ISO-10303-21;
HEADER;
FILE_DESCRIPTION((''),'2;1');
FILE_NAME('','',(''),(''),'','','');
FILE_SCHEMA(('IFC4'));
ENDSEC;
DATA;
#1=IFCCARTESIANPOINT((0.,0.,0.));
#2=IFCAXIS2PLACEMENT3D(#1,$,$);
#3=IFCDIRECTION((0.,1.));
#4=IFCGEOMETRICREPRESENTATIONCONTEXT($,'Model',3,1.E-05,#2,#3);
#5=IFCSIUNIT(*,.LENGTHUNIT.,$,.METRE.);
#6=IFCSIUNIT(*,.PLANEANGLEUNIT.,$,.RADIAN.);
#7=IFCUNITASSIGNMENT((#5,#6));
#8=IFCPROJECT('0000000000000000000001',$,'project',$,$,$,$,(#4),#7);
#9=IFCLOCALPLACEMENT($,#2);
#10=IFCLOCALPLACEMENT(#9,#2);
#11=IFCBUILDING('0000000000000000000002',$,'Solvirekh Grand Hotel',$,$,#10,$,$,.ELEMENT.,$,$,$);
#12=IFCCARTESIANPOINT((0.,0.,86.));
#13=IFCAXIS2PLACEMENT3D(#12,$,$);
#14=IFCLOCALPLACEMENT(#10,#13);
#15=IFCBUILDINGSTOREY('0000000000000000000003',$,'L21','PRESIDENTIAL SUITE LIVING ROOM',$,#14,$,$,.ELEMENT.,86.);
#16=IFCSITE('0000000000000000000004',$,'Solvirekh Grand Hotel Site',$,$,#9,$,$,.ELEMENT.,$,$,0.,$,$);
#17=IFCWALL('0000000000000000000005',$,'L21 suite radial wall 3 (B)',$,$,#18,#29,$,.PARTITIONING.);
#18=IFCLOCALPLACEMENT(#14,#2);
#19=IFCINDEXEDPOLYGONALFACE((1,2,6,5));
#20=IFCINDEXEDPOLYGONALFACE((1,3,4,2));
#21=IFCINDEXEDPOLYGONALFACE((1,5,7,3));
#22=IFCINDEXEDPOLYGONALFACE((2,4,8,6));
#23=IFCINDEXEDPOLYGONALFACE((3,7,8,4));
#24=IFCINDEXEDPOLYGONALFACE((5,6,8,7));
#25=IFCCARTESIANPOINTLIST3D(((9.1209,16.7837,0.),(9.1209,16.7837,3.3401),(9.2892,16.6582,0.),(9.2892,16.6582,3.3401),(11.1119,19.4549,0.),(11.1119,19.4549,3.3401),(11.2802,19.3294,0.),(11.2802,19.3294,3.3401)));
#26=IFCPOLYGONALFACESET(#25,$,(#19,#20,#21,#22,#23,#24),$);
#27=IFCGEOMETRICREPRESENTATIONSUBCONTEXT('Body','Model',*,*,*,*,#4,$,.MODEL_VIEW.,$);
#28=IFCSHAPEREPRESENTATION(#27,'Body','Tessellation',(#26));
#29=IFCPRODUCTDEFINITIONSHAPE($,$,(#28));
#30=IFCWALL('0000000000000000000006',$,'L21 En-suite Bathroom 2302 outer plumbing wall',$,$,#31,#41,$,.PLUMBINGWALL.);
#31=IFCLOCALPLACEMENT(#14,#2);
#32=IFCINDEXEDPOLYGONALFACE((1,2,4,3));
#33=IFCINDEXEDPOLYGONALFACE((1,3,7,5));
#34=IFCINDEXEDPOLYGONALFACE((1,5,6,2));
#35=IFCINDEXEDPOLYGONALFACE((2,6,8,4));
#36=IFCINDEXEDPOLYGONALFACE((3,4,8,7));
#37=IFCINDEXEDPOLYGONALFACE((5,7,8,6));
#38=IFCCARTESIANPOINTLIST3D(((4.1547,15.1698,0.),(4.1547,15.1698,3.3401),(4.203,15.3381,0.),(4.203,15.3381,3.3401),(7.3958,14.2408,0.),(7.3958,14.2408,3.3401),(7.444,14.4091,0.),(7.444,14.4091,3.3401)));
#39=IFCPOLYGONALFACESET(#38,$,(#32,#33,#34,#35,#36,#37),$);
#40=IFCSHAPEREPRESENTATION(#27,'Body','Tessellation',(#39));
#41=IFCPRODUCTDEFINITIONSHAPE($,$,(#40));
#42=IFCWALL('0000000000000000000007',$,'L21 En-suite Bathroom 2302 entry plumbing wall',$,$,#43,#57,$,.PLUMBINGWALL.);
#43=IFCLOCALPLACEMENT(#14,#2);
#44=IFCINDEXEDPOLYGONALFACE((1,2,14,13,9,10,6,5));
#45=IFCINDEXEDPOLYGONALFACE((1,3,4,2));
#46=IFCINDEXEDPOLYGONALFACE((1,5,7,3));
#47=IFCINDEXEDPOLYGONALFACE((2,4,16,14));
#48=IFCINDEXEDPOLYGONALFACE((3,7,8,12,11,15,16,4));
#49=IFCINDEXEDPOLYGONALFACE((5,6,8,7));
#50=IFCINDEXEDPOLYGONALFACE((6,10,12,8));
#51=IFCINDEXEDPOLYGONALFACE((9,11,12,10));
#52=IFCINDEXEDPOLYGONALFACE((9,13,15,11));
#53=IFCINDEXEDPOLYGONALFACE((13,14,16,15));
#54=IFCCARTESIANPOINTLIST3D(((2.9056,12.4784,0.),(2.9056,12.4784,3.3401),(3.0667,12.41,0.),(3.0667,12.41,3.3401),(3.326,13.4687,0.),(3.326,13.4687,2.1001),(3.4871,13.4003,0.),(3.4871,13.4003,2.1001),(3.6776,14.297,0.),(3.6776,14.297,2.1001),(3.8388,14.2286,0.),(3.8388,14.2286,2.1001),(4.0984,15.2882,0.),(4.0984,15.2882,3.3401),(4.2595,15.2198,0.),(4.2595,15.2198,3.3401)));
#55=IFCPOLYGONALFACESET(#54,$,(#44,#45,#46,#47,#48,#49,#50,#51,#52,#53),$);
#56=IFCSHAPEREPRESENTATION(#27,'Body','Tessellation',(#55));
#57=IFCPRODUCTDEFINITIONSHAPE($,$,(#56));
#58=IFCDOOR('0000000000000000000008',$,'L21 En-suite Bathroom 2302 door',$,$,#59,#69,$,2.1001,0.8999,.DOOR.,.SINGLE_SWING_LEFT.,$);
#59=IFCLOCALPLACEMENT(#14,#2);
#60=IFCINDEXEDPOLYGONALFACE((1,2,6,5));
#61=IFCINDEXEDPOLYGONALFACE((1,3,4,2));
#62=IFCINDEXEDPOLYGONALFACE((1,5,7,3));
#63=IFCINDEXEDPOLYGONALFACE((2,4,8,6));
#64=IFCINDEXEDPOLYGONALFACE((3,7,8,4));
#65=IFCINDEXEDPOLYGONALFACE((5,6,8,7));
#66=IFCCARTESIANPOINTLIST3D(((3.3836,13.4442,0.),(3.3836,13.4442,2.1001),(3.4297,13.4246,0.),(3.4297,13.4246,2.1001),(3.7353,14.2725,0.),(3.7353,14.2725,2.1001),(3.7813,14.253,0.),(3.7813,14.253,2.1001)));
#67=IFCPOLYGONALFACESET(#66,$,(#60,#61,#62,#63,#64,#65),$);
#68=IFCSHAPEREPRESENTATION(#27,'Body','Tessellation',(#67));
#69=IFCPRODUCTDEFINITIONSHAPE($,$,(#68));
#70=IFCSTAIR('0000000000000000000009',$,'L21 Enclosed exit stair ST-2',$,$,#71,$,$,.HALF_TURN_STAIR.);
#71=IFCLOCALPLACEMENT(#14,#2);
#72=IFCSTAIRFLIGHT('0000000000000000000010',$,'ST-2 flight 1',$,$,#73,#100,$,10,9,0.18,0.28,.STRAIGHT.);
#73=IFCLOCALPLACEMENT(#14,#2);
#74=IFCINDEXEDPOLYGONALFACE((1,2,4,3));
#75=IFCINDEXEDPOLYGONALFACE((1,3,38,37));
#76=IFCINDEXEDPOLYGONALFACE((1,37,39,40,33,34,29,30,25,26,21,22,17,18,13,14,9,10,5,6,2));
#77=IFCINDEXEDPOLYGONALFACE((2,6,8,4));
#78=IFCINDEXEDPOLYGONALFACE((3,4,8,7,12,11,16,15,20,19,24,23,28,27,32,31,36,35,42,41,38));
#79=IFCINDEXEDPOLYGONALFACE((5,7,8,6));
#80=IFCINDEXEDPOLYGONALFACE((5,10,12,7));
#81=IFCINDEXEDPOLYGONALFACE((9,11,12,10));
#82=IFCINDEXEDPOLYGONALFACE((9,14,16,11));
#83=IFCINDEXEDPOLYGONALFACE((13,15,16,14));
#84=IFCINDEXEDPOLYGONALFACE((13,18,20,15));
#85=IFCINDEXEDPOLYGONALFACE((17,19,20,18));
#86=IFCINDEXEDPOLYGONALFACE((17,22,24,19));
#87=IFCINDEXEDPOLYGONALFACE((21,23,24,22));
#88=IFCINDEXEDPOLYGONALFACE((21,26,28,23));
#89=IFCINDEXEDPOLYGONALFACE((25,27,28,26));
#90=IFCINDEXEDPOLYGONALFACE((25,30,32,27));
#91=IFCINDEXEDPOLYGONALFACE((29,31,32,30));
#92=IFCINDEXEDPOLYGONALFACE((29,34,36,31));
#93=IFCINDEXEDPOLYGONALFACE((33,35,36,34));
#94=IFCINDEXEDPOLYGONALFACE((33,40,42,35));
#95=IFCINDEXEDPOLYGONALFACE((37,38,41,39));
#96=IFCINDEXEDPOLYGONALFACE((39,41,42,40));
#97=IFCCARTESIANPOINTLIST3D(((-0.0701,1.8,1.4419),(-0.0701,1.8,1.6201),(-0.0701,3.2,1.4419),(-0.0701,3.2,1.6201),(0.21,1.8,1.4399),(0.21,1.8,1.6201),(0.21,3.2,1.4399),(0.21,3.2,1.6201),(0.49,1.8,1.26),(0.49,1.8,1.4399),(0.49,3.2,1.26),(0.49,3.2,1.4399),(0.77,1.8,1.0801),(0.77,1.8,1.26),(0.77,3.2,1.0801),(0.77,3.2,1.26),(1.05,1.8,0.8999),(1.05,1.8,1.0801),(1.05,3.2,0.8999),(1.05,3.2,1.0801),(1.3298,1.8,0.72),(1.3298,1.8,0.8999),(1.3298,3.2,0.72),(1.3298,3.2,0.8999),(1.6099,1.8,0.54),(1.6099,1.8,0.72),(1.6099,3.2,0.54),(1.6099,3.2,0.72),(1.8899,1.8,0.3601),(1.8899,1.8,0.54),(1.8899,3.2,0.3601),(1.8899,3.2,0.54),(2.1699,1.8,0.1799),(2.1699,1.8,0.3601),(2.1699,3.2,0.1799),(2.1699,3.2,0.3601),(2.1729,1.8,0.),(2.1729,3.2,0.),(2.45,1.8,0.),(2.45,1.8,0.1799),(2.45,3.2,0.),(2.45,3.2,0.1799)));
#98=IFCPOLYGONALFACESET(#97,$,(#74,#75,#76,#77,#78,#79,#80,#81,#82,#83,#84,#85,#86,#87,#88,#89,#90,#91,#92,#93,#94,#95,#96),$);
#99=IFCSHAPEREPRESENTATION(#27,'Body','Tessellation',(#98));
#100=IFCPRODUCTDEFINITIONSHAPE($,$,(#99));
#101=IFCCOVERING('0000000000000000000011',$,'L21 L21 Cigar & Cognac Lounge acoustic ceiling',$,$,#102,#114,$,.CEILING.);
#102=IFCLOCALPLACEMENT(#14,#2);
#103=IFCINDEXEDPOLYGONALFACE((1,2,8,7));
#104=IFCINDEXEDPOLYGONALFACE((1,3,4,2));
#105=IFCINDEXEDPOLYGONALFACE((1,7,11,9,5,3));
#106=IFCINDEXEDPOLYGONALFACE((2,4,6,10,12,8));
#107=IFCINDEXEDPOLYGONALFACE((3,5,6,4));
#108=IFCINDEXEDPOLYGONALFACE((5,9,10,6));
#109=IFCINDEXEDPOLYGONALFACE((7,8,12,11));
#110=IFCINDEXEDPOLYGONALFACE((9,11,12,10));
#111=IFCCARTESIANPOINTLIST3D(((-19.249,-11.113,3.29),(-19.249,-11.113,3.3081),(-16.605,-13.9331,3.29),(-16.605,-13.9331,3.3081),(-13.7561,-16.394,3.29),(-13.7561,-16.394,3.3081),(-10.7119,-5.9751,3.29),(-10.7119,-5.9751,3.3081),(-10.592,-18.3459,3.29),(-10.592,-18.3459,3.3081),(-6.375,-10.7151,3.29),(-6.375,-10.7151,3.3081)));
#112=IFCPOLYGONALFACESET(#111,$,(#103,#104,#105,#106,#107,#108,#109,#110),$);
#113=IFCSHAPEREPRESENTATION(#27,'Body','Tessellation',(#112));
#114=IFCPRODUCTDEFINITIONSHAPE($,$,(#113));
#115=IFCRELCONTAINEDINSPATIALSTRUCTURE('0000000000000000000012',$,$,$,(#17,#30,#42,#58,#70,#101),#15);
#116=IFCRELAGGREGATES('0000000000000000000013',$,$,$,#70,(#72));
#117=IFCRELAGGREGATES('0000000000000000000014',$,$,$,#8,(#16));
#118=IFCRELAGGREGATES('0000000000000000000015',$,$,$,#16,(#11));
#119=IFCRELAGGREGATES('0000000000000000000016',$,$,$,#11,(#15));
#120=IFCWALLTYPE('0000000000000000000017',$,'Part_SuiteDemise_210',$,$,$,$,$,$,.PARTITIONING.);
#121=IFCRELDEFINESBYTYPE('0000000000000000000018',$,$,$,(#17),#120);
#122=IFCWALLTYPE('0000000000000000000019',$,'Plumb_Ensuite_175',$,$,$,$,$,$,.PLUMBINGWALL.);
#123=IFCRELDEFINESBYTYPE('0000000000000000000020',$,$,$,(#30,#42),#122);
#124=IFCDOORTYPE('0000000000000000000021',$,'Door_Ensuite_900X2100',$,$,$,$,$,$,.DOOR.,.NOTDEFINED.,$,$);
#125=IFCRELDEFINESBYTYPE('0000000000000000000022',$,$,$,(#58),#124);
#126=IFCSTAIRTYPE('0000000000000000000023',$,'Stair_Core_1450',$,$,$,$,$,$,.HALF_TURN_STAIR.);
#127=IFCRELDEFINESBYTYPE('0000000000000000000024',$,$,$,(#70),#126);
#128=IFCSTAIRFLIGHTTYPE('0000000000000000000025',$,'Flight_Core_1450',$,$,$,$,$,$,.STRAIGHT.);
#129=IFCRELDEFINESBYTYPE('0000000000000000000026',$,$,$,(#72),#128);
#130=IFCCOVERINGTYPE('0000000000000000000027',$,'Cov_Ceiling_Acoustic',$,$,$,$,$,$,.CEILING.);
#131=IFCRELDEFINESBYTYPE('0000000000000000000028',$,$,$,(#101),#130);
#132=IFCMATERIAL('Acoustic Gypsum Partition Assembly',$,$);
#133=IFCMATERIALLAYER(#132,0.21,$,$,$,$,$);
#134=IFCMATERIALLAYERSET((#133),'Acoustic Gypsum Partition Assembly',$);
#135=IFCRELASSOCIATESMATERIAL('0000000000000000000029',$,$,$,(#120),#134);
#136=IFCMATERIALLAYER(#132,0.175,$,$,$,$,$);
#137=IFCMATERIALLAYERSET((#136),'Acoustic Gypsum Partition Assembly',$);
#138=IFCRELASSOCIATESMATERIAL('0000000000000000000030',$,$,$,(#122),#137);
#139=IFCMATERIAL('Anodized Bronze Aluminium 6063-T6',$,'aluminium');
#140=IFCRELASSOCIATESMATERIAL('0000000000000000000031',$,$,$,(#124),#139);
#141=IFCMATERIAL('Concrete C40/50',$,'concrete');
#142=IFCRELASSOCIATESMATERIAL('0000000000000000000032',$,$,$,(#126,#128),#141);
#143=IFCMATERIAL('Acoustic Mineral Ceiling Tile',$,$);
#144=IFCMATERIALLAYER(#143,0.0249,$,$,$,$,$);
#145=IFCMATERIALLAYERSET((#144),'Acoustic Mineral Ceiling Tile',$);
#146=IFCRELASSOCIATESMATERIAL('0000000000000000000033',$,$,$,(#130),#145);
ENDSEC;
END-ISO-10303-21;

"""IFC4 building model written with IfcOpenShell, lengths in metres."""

from ifc_helpers import new_model, si_unit, direction, frame, frame_2d, origin, place, context, subcontext, project, spatial, polyline, rectangle, outline, extrude, material, layer, layer_set, type_object, element, fill, aggregate, save


model = new_model("IFC4")

# Units and contexts
model_context = context("Model", 3, precision=1e-05, world=origin(), true_north=direction((0.0, 1.0)))
body_context = subcontext(model_context, "Body", "Model", "MODEL_VIEW")
ifc_project = project(units=[si_unit("LENGTHUNIT", "METRE"), si_unit("PLANEANGLEUNIT", "RADIAN")], contexts=[model_context])

# Site, building, storey
site_placement = place(None, origin())
site = spatial("IfcSite", under=ifc_project, at=site_placement, Name="Solvirekh Grand Hotel Site", CompositionType="ELEMENT", RefElevation=0.0)
building_placement = place(site_placement, origin())
building = spatial("IfcBuilding", under=site, at=building_placement, Name="Solvirekh Grand Hotel", CompositionType="ELEMENT")
storey_placement = place(building_placement, frame((0.0, 0.0, 86.0)))
storey = spatial("IfcBuildingStorey", under=building, at=storey_placement, Name="L21", Description="PRESIDENTIAL SUITE LIVING ROOM", CompositionType="ELEMENT", Elevation=86.0)

# Shared definitions
ifc_material_1 = material(Name="Concrete C40/50", Category="concrete")

# Shared definitions
ifc_material_2 = material(Name="Acoustic Gypsum Partition Assembly")

# Shared definitions
ifc_material_3 = material(Name="Anodized Bronze Aluminium 6063-T6", Category="aluminium")

# Walls
ifc_layer_1 = layer(ifc_material_2, 0.21)
ifc_layer_set_1 = layer_set([ifc_layer_1], Name="Acoustic Gypsum Partition Assembly")
wall_type_1 = type_object("IfcWallType", Name="Part_SuiteDemise_210", PredefinedType="PARTITIONING", material=ifc_layer_set_1)
wall_1_placement = place(storey_placement, frame((9.2051, 16.7209, 0.0), z_axis=(0.0, 0.0, 1.0), x_axis=(0.597617, 0.801782, 0.0)))
element("IfcWall", 1, at=wall_1_placement, inside=storey, type_object=wall_type_1, Name="L21 suite radial wall 3 (B)", PredefinedType="PARTITIONING", context=body_context, shape_type="SweptSolid", body=[
    extrude(rectangle(XDim=3.3315, YDim=0.21, at=frame_2d((1.6658, 0.0))), origin(), (0.0, 0.0, 1.0), 3.3401),
])
ifc_layer_2 = layer(ifc_material_2, 0.175)
ifc_layer_set_2 = layer_set([ifc_layer_2], Name="Acoustic Gypsum Partition Assembly")
wall_type_2 = type_object("IfcWallType", Name="Plumb_Ensuite_175", PredefinedType="PLUMBINGWALL", material=ifc_layer_set_2)
wall_2_placement = place(storey_placement, frame((7.4199, 14.325, 0.0), z_axis=(0.0, 0.0, 1.0), x_axis=(-0.961291, 0.275534, 0.0)))
element("IfcWall", 2, at=wall_2_placement, inside=storey, type_object=wall_type_2, Name="L21 En-suite Bathroom 2302 outer plumbing wall", PredefinedType="PLUMBINGWALL", context=body_context, shape_type="SweptSolid", body=[
    extrude(rectangle(XDim=3.3716, YDim=0.175, at=frame_2d((1.6858, 0.0))), origin(), (0.0, 0.0, 1.0), 3.3401),
])

# Wall, opening, door
wall_3_placement = place(storey_placement, frame((2.9861, 12.4441, 0.0), z_axis=(0.0, 0.0, 1.0), x_axis=(0.39078, 0.920484, 0.0)))
wall_3 = element("IfcWall", 3, at=wall_3_placement, inside=storey, type_object=wall_type_2, Name="L21 En-suite Bathroom 2302 entry plumbing wall", PredefinedType="PLUMBINGWALL", context=body_context, shape_type="SweptSolid", body=[
    extrude(rectangle(XDim=3.0525, YDim=0.175, at=frame_2d((1.5264, 0.0))), origin(), (0.0, 0.0, 1.0), 3.3401),
])
opening_1_placement = place(wall_3_placement, frame((1.0759, 0.0, 0.0)))
opening_1 = element("IfcOpeningElement", 4, at=opening_1_placement, cuts=wall_3, PredefinedType="OPENING", context=body_context, shape_type="SweptSolid", body=[
    extrude(rectangle(XDim=0.8999, YDim=2.1001, at=frame_2d((0.45, 1.05))), frame((0.0, 0.0977, 0.0), z_axis=(0.0, -1.0, 0.0), x_axis=(1.0, 0.0, 0.0)), (0.0, 0.0, 1.0), 0.1951),
])
door_type_1 = type_object("IfcDoorType", Name="Door_Ensuite_900X2100", OperationType="NOTDEFINED", PredefinedType="DOOR", material=ifc_material_3)
door_1_placement = place(opening_1_placement, origin())
door_1 = element("IfcDoor", 5, at=door_1_placement, inside=storey, type_object=door_type_1, Name="L21 En-suite Bathroom 2302 door", OperationType="SINGLE_SWING_LEFT", OverallHeight=2.1001, OverallWidth=0.8999, PredefinedType="DOOR", context=body_context, shape_type="SweptSolid", body=[
    extrude(rectangle(XDim=0.8999, YDim=2.1001, at=frame_2d((0.45, 1.05))), frame((0.0, 0.0249, 0.0), z_axis=(0.0, -1.0, 0.0), x_axis=(1.0, 0.0, 0.0)), (0.0, 0.0, 1.0), 0.05),
])
fill(opening_1, door_1)

# Stair, stair flight
stair_type = type_object("IfcStairType", Name="Stair_Core_1450", PredefinedType="HALF_TURN_STAIR", material=ifc_material_1)
stair_placement = place(storey_placement, origin())
stair = element("IfcStair", 6, at=stair_placement, inside=storey, type_object=stair_type, Name="L21 Enclosed exit stair ST-2", PredefinedType="HALF_TURN_STAIR")
stair_flight_type = type_object("IfcStairFlightType", Name="Flight_Core_1450", PredefinedType="STRAIGHT", material=ifc_material_1)
stair_flight_placement = place(storey_placement, frame((2.45, 2.5, 0.0), z_axis=(0.0, 0.0, 1.0), x_axis=(-1.0, 0.0, 0.0)))
stair_flight = element("IfcStairFlight", 7, at=stair_flight_placement, type_object=stair_flight_type, Name="ST-2 flight 1", NumberOfRisers=10, NumberOfTreads=9, PredefinedType="STRAIGHT", RiserHeight=0.18, TreadLength=0.28, context=body_context, shape_type="SweptSolid", body=[
    extrude(outline(polyline([(0.0, 0.0), (0.0, 0.1799), (0.28, 0.1799), (0.28, 0.3601), (0.5601, 0.3601), (0.5601, 0.54), (0.8401, 0.54), (0.8401, 0.72), (1.1201, 0.72), (1.1201, 0.8999), (1.3999, 0.8999), (1.3999, 1.0801), (1.6799, 1.0801), (1.6799, 1.26), (1.96, 1.26), (1.96, 1.4399), (2.24, 1.4399), (2.24, 1.6201), (2.52, 1.6201), (2.52, 1.8), (2.52, 1.4419), (0.2771, 0.0), (0.0, 0.0)])), frame((0.0, 0.7, 0.0), z_axis=(0.0, -1.0, 0.0), x_axis=(1.0, 0.0, 0.0)), (0.0, 0.0, 1.0), 1.3999),
])
aggregate(stair, [stair_flight])

# Covering
ifc_material_4 = material(Name="Acoustic Mineral Ceiling Tile")
ifc_layer_3 = layer(ifc_material_4, 0.0249)
ifc_layer_set_3 = layer_set([ifc_layer_3], Name="Acoustic Mineral Ceiling Tile")
covering_type = type_object("IfcCoveringType", Name="Cov_Ceiling_Acoustic", PredefinedType="CEILING", material=ifc_layer_set_3)
covering_placement = place(storey_placement, frame((0.0, 0.0, 3.29)))
element("IfcCovering", 8, at=covering_placement, inside=storey, type_object=covering_type, Name="L21 L21 Cigar & Cognac Lounge acoustic ceiling", PredefinedType="CEILING", context=body_context, shape_type="SweptSolid", body=[
    extrude(outline(polyline([(-19.249, -11.113), (-16.605, -13.9331), (-13.7561, -16.394), (-10.592, -18.3459), (-6.375, -10.7151), (-10.7119, -5.9751), (-19.249, -11.113)])), origin(), (0.0, 0.0, 1.0), 0.0181),
])

save(model, "model.ifc")
